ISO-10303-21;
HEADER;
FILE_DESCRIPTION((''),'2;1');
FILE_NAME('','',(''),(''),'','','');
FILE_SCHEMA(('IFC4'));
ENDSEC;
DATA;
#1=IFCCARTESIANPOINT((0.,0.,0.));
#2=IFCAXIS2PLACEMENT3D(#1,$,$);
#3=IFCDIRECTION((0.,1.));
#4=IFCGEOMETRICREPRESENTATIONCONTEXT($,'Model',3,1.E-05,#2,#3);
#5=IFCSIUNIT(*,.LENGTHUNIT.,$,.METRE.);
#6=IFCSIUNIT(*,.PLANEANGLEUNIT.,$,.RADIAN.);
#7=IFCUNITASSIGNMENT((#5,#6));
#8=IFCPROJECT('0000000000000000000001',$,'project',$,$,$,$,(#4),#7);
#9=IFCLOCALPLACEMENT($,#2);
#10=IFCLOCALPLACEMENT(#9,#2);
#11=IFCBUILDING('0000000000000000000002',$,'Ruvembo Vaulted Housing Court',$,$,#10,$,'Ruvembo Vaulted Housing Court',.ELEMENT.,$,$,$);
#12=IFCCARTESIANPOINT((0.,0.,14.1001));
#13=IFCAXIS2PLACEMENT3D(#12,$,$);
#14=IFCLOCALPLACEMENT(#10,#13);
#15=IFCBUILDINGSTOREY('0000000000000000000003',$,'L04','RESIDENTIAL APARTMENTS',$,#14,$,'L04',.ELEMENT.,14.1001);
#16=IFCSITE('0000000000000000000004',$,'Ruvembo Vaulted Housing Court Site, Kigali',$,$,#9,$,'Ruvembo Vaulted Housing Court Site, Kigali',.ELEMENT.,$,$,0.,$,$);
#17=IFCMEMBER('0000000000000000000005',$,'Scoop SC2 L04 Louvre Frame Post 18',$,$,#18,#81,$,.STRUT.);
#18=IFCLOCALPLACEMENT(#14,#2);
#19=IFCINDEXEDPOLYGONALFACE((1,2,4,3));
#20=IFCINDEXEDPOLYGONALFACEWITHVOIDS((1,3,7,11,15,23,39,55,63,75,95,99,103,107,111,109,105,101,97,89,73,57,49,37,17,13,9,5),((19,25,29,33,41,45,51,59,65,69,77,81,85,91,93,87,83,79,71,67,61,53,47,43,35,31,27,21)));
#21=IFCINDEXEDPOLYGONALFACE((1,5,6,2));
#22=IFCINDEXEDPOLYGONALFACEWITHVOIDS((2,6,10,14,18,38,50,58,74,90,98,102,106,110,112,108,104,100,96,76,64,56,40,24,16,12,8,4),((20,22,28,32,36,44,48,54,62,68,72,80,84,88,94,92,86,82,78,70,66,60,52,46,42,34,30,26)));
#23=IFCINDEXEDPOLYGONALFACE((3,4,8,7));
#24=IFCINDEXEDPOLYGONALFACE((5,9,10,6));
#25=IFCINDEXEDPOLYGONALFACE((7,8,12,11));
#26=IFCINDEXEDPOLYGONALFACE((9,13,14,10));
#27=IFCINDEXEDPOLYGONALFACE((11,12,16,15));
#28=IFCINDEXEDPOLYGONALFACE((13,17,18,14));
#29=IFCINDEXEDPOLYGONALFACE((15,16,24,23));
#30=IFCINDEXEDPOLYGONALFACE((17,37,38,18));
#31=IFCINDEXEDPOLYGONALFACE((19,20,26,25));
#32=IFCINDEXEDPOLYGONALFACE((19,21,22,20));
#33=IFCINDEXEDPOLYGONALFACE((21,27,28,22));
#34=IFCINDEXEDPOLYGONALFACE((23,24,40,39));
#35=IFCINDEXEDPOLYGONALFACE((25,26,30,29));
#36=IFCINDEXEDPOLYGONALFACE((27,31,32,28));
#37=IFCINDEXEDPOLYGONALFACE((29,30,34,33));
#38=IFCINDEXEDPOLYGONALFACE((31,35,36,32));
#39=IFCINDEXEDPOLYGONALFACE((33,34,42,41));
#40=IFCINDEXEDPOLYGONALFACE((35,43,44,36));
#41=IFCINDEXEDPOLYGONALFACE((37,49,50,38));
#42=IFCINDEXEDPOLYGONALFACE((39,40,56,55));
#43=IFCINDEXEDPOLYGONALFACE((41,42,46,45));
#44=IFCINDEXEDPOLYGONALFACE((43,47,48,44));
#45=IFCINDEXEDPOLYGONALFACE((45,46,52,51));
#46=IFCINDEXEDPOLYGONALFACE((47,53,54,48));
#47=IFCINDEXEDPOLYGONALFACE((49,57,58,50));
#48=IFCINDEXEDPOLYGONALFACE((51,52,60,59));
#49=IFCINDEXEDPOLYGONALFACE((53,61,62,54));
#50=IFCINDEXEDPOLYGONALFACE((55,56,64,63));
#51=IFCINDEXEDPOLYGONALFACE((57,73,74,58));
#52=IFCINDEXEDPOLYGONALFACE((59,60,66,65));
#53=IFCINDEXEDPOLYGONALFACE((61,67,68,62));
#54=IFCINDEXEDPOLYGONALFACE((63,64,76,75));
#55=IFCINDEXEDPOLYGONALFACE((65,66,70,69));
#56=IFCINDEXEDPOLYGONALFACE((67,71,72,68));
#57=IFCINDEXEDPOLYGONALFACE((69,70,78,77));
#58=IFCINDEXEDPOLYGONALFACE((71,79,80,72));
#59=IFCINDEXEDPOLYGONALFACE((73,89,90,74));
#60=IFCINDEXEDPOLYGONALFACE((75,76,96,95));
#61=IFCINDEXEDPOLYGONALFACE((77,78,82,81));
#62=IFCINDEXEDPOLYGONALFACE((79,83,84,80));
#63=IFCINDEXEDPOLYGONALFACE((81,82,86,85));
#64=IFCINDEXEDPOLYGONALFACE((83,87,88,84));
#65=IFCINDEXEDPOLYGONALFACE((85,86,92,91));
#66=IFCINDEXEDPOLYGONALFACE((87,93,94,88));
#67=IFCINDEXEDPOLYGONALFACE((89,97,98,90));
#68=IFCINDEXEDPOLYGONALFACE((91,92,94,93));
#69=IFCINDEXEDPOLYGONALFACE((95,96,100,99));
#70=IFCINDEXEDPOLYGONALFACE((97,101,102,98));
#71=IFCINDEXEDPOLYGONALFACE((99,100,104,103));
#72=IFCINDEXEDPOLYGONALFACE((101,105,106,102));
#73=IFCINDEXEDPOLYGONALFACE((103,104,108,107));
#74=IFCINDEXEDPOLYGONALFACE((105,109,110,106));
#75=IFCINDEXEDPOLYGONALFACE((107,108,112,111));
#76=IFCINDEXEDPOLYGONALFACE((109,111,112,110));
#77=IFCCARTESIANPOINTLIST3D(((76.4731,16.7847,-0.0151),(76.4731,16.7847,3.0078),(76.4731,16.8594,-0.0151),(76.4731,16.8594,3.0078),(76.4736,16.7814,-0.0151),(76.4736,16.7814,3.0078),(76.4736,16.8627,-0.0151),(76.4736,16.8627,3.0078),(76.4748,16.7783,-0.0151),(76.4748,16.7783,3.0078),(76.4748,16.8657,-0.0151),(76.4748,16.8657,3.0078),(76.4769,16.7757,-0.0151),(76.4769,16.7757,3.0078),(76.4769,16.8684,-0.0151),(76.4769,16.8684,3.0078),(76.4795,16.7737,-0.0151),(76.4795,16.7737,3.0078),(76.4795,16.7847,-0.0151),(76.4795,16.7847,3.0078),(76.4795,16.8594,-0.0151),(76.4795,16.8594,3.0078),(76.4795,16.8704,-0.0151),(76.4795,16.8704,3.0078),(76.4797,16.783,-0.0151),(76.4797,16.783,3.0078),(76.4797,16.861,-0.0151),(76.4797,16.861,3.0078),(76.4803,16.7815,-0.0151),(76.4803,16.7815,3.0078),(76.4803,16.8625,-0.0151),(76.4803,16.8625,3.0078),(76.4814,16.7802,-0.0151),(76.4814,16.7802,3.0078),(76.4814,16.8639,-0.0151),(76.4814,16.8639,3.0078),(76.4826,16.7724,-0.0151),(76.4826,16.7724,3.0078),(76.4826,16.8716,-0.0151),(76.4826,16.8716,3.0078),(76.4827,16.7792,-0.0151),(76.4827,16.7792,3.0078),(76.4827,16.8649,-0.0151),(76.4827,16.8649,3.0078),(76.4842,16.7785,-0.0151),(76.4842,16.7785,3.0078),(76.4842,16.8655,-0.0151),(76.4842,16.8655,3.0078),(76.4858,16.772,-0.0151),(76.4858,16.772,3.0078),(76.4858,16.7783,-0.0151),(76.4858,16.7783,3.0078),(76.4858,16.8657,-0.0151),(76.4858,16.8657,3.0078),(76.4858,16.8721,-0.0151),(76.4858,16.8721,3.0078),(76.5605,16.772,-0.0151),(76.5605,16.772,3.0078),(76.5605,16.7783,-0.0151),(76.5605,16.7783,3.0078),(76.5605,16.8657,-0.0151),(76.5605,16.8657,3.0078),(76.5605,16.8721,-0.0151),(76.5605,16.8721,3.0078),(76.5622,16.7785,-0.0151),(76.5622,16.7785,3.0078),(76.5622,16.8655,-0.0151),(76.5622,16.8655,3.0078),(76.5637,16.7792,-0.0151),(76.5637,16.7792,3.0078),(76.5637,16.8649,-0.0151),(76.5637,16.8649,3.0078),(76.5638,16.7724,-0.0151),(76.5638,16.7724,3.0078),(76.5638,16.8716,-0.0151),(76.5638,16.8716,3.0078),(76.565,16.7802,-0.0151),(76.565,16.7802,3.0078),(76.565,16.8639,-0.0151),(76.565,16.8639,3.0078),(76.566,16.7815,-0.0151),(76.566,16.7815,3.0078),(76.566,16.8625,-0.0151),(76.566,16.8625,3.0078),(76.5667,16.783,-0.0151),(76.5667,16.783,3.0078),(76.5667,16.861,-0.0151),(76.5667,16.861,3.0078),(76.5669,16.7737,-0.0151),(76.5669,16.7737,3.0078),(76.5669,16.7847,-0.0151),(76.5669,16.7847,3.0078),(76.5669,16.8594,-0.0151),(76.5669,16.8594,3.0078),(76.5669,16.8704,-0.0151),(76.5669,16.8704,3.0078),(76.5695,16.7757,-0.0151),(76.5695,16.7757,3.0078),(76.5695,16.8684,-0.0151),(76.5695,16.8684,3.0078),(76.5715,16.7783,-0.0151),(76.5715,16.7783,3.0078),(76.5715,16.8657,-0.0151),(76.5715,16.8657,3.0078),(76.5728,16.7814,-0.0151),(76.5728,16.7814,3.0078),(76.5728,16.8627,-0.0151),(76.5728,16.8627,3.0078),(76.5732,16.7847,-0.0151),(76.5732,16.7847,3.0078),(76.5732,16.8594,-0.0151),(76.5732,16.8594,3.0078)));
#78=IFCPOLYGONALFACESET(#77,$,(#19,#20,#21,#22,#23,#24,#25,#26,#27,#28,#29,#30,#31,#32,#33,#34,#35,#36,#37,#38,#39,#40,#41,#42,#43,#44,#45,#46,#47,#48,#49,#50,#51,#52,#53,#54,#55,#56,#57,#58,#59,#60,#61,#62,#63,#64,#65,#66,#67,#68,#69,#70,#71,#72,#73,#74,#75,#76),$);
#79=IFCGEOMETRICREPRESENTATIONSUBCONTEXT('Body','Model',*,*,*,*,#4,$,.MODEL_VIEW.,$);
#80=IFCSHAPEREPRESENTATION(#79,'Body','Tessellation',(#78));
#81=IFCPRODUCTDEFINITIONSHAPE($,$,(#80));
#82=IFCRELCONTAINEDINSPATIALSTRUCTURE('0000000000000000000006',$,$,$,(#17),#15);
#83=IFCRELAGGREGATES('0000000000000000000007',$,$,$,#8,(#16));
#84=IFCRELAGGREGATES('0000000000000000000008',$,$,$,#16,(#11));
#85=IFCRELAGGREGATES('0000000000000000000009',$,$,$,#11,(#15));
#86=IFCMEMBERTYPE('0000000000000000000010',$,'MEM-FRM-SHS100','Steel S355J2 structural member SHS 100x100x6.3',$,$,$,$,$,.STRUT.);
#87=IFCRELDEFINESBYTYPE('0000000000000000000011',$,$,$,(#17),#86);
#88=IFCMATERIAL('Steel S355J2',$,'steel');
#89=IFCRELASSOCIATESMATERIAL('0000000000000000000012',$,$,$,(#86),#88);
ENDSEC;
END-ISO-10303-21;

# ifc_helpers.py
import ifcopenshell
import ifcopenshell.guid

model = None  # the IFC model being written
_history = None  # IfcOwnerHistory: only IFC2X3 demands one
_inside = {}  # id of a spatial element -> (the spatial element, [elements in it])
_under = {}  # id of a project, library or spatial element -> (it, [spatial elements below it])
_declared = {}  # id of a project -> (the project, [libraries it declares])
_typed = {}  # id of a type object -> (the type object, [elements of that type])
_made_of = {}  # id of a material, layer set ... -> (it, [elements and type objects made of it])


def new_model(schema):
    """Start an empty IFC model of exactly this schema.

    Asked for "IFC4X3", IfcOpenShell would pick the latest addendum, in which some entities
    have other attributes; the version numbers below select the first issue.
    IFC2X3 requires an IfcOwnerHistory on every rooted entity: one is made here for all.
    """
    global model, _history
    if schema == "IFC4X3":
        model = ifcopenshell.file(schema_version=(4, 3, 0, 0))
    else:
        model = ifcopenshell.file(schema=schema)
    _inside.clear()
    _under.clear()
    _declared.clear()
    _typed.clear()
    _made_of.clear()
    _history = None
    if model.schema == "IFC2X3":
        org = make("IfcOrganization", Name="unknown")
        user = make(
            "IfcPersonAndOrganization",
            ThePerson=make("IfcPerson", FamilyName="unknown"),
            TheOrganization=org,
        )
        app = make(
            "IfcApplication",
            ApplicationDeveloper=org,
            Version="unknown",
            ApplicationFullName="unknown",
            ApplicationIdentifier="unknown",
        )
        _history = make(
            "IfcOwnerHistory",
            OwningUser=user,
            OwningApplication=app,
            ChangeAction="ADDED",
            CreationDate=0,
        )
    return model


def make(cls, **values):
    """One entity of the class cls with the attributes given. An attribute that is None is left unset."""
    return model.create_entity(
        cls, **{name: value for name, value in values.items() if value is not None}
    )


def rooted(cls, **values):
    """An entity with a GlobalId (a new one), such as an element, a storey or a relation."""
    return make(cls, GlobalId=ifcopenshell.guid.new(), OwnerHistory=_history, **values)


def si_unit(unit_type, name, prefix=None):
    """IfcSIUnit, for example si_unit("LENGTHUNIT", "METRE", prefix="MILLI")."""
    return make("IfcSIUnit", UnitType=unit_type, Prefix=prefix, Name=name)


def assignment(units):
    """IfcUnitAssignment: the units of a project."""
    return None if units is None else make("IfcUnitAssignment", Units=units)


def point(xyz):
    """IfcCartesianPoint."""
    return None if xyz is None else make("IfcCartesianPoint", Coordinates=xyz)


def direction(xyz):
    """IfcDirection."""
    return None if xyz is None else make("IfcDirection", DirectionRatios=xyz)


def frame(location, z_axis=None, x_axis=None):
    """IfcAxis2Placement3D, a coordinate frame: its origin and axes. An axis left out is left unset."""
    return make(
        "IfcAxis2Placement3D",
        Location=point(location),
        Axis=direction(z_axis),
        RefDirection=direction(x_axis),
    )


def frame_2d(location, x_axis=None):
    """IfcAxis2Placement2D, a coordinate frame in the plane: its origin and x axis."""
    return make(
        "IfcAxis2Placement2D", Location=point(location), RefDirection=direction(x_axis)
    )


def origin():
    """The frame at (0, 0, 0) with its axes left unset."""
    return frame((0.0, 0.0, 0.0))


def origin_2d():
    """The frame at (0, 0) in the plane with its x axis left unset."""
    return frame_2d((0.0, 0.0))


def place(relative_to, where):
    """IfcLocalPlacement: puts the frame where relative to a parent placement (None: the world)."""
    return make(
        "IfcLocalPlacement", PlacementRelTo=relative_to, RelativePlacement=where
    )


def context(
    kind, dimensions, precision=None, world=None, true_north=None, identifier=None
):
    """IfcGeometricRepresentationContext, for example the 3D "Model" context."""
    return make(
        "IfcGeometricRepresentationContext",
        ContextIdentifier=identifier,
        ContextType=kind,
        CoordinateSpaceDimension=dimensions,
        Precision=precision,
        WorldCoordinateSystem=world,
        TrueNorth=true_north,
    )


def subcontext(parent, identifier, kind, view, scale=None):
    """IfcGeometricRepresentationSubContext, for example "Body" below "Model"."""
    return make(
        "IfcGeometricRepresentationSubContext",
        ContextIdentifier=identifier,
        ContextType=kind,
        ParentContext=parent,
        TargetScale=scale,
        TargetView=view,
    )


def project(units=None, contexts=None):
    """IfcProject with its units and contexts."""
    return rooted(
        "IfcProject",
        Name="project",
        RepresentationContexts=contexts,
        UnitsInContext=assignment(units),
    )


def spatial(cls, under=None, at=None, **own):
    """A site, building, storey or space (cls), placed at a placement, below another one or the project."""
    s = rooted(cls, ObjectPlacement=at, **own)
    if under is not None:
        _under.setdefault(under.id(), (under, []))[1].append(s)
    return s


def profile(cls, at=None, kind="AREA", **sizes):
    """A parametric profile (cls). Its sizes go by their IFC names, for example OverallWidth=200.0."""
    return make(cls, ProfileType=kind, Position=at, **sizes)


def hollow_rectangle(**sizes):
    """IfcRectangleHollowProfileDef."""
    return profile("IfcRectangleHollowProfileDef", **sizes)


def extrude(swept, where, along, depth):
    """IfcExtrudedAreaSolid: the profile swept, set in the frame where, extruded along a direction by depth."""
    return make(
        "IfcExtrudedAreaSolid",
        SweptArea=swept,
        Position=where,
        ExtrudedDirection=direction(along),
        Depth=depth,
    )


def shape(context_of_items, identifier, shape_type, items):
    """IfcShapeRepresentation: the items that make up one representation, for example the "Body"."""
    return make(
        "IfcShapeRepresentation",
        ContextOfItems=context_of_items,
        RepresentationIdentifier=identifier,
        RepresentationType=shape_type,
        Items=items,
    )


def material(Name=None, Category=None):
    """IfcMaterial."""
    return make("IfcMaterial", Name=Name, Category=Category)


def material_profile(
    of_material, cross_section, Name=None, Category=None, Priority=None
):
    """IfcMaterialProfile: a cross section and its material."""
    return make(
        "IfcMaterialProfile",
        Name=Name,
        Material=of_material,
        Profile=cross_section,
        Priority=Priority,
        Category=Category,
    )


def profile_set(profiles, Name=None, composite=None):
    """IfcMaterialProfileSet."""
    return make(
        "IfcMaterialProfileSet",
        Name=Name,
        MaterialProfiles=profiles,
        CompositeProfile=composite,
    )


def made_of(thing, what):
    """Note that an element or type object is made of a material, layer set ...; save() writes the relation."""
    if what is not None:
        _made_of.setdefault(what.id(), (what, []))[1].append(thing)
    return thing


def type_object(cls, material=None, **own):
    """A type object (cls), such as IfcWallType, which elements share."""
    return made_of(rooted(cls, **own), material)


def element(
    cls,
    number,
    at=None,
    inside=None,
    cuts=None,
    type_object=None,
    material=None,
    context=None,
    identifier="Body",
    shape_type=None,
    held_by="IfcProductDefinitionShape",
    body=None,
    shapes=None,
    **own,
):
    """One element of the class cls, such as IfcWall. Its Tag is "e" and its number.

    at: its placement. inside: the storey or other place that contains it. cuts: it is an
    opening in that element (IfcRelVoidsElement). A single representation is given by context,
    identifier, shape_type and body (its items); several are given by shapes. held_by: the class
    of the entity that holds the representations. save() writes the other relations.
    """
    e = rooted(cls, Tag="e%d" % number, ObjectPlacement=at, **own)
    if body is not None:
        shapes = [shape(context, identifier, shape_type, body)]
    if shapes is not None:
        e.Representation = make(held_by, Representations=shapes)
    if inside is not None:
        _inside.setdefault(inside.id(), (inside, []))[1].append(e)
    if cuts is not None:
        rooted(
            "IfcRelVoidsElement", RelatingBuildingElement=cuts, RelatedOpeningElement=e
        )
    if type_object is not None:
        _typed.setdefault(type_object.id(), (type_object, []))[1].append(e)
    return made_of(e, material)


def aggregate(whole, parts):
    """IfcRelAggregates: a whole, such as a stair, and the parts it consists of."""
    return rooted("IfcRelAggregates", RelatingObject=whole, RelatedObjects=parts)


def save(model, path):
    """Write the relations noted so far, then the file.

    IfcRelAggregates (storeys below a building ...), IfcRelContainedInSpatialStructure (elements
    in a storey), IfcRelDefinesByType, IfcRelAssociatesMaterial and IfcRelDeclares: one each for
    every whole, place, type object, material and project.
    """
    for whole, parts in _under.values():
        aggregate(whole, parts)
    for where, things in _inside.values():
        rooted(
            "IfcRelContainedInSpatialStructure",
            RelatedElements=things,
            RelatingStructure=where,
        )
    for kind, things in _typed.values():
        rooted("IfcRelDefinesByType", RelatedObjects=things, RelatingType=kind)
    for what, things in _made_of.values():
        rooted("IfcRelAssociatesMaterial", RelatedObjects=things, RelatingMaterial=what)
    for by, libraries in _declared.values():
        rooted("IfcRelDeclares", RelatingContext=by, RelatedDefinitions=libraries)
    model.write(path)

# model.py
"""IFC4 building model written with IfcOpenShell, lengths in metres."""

from ifc_helpers import new_model, si_unit, direction, frame, origin, origin_2d, place, context, subcontext, project, spatial, hollow_rectangle, extrude, material, material_profile, profile_set, type_object, element, save


model = new_model("IFC4")

# Units and contexts
model_context = context("Model", 3, precision=1e-05, world=origin(), true_north=direction((0.0, 1.0)))
body_context = subcontext(model_context, "Body", "Model", "MODEL_VIEW")
ifc_project = project(units=[si_unit("LENGTHUNIT", "METRE"), si_unit("PLANEANGLEUNIT", "RADIAN")], contexts=[model_context])

# Site, building, storey
site_placement = place(None, origin())
site = spatial("IfcSite", under=ifc_project, at=site_placement, Name="Ruvembo Vaulted Housing Court Site, Kigali", LongName="Ruvembo Vaulted Housing Court Site, Kigali", CompositionType="ELEMENT", RefElevation=0.0)
building_placement = place(site_placement, origin())
building = spatial("IfcBuilding", under=site, at=building_placement, Name="Ruvembo Vaulted Housing Court", LongName="Ruvembo Vaulted Housing Court", CompositionType="ELEMENT")
storey_placement = place(building_placement, frame((0.0, 0.0, 14.1001)))
storey = spatial("IfcBuildingStorey", under=building, at=storey_placement, Name="L04", Description="RESIDENTIAL APARTMENTS", LongName="L04", CompositionType="ELEMENT", Elevation=14.1001)

# Shared definitions
ifc_material_1 = material(Name="Steel S355J2", Category="steel")

# Member
ifc_material_profile_1 = material_profile(ifc_material_1, hollow_rectangle(XDim=0.1001, YDim=0.1001, WallThickness=0.0063, InnerFilletRadius=0.0063, OuterFilletRadius=0.0127, at=origin_2d()), Name="SHS 100x100x6.3")
ifc_profile_set_1 = profile_set([ifc_material_profile_1], Name="Steel S355J2")
member_type_1 = type_object("IfcMemberType", Name="MEM-FRM-SHS100", Description="Steel S355J2 structural member SHS 100x100x6.3", PredefinedType="STRUT", material=ifc_profile_set_1)
for number, where, z_axis, x_axis, name in (
    (1, (76.5232, 16.822, -0.0151), (0.0, 0.0, 1.0), (1.0, 0.0, 0.0), "Scoop SC2 L04 Louvre Frame Post 18"),
):
    element("IfcMember", number, at=place(storey_placement, frame(where, z_axis=z_axis, x_axis=x_axis)), inside=storey, type_object=member_type_1, Name=name, PredefinedType="STRUT", context=body_context, shape_type="SweptSolid", body=[
        extrude(hollow_rectangle(XDim=0.1001, YDim=0.1001, WallThickness=0.0063, InnerFilletRadius=0.0063, OuterFilletRadius=0.0127, at=origin_2d()), origin(), (0.0, 0.0, 1.0), 3.0229),
    ])

save(model, "model.ifc")
